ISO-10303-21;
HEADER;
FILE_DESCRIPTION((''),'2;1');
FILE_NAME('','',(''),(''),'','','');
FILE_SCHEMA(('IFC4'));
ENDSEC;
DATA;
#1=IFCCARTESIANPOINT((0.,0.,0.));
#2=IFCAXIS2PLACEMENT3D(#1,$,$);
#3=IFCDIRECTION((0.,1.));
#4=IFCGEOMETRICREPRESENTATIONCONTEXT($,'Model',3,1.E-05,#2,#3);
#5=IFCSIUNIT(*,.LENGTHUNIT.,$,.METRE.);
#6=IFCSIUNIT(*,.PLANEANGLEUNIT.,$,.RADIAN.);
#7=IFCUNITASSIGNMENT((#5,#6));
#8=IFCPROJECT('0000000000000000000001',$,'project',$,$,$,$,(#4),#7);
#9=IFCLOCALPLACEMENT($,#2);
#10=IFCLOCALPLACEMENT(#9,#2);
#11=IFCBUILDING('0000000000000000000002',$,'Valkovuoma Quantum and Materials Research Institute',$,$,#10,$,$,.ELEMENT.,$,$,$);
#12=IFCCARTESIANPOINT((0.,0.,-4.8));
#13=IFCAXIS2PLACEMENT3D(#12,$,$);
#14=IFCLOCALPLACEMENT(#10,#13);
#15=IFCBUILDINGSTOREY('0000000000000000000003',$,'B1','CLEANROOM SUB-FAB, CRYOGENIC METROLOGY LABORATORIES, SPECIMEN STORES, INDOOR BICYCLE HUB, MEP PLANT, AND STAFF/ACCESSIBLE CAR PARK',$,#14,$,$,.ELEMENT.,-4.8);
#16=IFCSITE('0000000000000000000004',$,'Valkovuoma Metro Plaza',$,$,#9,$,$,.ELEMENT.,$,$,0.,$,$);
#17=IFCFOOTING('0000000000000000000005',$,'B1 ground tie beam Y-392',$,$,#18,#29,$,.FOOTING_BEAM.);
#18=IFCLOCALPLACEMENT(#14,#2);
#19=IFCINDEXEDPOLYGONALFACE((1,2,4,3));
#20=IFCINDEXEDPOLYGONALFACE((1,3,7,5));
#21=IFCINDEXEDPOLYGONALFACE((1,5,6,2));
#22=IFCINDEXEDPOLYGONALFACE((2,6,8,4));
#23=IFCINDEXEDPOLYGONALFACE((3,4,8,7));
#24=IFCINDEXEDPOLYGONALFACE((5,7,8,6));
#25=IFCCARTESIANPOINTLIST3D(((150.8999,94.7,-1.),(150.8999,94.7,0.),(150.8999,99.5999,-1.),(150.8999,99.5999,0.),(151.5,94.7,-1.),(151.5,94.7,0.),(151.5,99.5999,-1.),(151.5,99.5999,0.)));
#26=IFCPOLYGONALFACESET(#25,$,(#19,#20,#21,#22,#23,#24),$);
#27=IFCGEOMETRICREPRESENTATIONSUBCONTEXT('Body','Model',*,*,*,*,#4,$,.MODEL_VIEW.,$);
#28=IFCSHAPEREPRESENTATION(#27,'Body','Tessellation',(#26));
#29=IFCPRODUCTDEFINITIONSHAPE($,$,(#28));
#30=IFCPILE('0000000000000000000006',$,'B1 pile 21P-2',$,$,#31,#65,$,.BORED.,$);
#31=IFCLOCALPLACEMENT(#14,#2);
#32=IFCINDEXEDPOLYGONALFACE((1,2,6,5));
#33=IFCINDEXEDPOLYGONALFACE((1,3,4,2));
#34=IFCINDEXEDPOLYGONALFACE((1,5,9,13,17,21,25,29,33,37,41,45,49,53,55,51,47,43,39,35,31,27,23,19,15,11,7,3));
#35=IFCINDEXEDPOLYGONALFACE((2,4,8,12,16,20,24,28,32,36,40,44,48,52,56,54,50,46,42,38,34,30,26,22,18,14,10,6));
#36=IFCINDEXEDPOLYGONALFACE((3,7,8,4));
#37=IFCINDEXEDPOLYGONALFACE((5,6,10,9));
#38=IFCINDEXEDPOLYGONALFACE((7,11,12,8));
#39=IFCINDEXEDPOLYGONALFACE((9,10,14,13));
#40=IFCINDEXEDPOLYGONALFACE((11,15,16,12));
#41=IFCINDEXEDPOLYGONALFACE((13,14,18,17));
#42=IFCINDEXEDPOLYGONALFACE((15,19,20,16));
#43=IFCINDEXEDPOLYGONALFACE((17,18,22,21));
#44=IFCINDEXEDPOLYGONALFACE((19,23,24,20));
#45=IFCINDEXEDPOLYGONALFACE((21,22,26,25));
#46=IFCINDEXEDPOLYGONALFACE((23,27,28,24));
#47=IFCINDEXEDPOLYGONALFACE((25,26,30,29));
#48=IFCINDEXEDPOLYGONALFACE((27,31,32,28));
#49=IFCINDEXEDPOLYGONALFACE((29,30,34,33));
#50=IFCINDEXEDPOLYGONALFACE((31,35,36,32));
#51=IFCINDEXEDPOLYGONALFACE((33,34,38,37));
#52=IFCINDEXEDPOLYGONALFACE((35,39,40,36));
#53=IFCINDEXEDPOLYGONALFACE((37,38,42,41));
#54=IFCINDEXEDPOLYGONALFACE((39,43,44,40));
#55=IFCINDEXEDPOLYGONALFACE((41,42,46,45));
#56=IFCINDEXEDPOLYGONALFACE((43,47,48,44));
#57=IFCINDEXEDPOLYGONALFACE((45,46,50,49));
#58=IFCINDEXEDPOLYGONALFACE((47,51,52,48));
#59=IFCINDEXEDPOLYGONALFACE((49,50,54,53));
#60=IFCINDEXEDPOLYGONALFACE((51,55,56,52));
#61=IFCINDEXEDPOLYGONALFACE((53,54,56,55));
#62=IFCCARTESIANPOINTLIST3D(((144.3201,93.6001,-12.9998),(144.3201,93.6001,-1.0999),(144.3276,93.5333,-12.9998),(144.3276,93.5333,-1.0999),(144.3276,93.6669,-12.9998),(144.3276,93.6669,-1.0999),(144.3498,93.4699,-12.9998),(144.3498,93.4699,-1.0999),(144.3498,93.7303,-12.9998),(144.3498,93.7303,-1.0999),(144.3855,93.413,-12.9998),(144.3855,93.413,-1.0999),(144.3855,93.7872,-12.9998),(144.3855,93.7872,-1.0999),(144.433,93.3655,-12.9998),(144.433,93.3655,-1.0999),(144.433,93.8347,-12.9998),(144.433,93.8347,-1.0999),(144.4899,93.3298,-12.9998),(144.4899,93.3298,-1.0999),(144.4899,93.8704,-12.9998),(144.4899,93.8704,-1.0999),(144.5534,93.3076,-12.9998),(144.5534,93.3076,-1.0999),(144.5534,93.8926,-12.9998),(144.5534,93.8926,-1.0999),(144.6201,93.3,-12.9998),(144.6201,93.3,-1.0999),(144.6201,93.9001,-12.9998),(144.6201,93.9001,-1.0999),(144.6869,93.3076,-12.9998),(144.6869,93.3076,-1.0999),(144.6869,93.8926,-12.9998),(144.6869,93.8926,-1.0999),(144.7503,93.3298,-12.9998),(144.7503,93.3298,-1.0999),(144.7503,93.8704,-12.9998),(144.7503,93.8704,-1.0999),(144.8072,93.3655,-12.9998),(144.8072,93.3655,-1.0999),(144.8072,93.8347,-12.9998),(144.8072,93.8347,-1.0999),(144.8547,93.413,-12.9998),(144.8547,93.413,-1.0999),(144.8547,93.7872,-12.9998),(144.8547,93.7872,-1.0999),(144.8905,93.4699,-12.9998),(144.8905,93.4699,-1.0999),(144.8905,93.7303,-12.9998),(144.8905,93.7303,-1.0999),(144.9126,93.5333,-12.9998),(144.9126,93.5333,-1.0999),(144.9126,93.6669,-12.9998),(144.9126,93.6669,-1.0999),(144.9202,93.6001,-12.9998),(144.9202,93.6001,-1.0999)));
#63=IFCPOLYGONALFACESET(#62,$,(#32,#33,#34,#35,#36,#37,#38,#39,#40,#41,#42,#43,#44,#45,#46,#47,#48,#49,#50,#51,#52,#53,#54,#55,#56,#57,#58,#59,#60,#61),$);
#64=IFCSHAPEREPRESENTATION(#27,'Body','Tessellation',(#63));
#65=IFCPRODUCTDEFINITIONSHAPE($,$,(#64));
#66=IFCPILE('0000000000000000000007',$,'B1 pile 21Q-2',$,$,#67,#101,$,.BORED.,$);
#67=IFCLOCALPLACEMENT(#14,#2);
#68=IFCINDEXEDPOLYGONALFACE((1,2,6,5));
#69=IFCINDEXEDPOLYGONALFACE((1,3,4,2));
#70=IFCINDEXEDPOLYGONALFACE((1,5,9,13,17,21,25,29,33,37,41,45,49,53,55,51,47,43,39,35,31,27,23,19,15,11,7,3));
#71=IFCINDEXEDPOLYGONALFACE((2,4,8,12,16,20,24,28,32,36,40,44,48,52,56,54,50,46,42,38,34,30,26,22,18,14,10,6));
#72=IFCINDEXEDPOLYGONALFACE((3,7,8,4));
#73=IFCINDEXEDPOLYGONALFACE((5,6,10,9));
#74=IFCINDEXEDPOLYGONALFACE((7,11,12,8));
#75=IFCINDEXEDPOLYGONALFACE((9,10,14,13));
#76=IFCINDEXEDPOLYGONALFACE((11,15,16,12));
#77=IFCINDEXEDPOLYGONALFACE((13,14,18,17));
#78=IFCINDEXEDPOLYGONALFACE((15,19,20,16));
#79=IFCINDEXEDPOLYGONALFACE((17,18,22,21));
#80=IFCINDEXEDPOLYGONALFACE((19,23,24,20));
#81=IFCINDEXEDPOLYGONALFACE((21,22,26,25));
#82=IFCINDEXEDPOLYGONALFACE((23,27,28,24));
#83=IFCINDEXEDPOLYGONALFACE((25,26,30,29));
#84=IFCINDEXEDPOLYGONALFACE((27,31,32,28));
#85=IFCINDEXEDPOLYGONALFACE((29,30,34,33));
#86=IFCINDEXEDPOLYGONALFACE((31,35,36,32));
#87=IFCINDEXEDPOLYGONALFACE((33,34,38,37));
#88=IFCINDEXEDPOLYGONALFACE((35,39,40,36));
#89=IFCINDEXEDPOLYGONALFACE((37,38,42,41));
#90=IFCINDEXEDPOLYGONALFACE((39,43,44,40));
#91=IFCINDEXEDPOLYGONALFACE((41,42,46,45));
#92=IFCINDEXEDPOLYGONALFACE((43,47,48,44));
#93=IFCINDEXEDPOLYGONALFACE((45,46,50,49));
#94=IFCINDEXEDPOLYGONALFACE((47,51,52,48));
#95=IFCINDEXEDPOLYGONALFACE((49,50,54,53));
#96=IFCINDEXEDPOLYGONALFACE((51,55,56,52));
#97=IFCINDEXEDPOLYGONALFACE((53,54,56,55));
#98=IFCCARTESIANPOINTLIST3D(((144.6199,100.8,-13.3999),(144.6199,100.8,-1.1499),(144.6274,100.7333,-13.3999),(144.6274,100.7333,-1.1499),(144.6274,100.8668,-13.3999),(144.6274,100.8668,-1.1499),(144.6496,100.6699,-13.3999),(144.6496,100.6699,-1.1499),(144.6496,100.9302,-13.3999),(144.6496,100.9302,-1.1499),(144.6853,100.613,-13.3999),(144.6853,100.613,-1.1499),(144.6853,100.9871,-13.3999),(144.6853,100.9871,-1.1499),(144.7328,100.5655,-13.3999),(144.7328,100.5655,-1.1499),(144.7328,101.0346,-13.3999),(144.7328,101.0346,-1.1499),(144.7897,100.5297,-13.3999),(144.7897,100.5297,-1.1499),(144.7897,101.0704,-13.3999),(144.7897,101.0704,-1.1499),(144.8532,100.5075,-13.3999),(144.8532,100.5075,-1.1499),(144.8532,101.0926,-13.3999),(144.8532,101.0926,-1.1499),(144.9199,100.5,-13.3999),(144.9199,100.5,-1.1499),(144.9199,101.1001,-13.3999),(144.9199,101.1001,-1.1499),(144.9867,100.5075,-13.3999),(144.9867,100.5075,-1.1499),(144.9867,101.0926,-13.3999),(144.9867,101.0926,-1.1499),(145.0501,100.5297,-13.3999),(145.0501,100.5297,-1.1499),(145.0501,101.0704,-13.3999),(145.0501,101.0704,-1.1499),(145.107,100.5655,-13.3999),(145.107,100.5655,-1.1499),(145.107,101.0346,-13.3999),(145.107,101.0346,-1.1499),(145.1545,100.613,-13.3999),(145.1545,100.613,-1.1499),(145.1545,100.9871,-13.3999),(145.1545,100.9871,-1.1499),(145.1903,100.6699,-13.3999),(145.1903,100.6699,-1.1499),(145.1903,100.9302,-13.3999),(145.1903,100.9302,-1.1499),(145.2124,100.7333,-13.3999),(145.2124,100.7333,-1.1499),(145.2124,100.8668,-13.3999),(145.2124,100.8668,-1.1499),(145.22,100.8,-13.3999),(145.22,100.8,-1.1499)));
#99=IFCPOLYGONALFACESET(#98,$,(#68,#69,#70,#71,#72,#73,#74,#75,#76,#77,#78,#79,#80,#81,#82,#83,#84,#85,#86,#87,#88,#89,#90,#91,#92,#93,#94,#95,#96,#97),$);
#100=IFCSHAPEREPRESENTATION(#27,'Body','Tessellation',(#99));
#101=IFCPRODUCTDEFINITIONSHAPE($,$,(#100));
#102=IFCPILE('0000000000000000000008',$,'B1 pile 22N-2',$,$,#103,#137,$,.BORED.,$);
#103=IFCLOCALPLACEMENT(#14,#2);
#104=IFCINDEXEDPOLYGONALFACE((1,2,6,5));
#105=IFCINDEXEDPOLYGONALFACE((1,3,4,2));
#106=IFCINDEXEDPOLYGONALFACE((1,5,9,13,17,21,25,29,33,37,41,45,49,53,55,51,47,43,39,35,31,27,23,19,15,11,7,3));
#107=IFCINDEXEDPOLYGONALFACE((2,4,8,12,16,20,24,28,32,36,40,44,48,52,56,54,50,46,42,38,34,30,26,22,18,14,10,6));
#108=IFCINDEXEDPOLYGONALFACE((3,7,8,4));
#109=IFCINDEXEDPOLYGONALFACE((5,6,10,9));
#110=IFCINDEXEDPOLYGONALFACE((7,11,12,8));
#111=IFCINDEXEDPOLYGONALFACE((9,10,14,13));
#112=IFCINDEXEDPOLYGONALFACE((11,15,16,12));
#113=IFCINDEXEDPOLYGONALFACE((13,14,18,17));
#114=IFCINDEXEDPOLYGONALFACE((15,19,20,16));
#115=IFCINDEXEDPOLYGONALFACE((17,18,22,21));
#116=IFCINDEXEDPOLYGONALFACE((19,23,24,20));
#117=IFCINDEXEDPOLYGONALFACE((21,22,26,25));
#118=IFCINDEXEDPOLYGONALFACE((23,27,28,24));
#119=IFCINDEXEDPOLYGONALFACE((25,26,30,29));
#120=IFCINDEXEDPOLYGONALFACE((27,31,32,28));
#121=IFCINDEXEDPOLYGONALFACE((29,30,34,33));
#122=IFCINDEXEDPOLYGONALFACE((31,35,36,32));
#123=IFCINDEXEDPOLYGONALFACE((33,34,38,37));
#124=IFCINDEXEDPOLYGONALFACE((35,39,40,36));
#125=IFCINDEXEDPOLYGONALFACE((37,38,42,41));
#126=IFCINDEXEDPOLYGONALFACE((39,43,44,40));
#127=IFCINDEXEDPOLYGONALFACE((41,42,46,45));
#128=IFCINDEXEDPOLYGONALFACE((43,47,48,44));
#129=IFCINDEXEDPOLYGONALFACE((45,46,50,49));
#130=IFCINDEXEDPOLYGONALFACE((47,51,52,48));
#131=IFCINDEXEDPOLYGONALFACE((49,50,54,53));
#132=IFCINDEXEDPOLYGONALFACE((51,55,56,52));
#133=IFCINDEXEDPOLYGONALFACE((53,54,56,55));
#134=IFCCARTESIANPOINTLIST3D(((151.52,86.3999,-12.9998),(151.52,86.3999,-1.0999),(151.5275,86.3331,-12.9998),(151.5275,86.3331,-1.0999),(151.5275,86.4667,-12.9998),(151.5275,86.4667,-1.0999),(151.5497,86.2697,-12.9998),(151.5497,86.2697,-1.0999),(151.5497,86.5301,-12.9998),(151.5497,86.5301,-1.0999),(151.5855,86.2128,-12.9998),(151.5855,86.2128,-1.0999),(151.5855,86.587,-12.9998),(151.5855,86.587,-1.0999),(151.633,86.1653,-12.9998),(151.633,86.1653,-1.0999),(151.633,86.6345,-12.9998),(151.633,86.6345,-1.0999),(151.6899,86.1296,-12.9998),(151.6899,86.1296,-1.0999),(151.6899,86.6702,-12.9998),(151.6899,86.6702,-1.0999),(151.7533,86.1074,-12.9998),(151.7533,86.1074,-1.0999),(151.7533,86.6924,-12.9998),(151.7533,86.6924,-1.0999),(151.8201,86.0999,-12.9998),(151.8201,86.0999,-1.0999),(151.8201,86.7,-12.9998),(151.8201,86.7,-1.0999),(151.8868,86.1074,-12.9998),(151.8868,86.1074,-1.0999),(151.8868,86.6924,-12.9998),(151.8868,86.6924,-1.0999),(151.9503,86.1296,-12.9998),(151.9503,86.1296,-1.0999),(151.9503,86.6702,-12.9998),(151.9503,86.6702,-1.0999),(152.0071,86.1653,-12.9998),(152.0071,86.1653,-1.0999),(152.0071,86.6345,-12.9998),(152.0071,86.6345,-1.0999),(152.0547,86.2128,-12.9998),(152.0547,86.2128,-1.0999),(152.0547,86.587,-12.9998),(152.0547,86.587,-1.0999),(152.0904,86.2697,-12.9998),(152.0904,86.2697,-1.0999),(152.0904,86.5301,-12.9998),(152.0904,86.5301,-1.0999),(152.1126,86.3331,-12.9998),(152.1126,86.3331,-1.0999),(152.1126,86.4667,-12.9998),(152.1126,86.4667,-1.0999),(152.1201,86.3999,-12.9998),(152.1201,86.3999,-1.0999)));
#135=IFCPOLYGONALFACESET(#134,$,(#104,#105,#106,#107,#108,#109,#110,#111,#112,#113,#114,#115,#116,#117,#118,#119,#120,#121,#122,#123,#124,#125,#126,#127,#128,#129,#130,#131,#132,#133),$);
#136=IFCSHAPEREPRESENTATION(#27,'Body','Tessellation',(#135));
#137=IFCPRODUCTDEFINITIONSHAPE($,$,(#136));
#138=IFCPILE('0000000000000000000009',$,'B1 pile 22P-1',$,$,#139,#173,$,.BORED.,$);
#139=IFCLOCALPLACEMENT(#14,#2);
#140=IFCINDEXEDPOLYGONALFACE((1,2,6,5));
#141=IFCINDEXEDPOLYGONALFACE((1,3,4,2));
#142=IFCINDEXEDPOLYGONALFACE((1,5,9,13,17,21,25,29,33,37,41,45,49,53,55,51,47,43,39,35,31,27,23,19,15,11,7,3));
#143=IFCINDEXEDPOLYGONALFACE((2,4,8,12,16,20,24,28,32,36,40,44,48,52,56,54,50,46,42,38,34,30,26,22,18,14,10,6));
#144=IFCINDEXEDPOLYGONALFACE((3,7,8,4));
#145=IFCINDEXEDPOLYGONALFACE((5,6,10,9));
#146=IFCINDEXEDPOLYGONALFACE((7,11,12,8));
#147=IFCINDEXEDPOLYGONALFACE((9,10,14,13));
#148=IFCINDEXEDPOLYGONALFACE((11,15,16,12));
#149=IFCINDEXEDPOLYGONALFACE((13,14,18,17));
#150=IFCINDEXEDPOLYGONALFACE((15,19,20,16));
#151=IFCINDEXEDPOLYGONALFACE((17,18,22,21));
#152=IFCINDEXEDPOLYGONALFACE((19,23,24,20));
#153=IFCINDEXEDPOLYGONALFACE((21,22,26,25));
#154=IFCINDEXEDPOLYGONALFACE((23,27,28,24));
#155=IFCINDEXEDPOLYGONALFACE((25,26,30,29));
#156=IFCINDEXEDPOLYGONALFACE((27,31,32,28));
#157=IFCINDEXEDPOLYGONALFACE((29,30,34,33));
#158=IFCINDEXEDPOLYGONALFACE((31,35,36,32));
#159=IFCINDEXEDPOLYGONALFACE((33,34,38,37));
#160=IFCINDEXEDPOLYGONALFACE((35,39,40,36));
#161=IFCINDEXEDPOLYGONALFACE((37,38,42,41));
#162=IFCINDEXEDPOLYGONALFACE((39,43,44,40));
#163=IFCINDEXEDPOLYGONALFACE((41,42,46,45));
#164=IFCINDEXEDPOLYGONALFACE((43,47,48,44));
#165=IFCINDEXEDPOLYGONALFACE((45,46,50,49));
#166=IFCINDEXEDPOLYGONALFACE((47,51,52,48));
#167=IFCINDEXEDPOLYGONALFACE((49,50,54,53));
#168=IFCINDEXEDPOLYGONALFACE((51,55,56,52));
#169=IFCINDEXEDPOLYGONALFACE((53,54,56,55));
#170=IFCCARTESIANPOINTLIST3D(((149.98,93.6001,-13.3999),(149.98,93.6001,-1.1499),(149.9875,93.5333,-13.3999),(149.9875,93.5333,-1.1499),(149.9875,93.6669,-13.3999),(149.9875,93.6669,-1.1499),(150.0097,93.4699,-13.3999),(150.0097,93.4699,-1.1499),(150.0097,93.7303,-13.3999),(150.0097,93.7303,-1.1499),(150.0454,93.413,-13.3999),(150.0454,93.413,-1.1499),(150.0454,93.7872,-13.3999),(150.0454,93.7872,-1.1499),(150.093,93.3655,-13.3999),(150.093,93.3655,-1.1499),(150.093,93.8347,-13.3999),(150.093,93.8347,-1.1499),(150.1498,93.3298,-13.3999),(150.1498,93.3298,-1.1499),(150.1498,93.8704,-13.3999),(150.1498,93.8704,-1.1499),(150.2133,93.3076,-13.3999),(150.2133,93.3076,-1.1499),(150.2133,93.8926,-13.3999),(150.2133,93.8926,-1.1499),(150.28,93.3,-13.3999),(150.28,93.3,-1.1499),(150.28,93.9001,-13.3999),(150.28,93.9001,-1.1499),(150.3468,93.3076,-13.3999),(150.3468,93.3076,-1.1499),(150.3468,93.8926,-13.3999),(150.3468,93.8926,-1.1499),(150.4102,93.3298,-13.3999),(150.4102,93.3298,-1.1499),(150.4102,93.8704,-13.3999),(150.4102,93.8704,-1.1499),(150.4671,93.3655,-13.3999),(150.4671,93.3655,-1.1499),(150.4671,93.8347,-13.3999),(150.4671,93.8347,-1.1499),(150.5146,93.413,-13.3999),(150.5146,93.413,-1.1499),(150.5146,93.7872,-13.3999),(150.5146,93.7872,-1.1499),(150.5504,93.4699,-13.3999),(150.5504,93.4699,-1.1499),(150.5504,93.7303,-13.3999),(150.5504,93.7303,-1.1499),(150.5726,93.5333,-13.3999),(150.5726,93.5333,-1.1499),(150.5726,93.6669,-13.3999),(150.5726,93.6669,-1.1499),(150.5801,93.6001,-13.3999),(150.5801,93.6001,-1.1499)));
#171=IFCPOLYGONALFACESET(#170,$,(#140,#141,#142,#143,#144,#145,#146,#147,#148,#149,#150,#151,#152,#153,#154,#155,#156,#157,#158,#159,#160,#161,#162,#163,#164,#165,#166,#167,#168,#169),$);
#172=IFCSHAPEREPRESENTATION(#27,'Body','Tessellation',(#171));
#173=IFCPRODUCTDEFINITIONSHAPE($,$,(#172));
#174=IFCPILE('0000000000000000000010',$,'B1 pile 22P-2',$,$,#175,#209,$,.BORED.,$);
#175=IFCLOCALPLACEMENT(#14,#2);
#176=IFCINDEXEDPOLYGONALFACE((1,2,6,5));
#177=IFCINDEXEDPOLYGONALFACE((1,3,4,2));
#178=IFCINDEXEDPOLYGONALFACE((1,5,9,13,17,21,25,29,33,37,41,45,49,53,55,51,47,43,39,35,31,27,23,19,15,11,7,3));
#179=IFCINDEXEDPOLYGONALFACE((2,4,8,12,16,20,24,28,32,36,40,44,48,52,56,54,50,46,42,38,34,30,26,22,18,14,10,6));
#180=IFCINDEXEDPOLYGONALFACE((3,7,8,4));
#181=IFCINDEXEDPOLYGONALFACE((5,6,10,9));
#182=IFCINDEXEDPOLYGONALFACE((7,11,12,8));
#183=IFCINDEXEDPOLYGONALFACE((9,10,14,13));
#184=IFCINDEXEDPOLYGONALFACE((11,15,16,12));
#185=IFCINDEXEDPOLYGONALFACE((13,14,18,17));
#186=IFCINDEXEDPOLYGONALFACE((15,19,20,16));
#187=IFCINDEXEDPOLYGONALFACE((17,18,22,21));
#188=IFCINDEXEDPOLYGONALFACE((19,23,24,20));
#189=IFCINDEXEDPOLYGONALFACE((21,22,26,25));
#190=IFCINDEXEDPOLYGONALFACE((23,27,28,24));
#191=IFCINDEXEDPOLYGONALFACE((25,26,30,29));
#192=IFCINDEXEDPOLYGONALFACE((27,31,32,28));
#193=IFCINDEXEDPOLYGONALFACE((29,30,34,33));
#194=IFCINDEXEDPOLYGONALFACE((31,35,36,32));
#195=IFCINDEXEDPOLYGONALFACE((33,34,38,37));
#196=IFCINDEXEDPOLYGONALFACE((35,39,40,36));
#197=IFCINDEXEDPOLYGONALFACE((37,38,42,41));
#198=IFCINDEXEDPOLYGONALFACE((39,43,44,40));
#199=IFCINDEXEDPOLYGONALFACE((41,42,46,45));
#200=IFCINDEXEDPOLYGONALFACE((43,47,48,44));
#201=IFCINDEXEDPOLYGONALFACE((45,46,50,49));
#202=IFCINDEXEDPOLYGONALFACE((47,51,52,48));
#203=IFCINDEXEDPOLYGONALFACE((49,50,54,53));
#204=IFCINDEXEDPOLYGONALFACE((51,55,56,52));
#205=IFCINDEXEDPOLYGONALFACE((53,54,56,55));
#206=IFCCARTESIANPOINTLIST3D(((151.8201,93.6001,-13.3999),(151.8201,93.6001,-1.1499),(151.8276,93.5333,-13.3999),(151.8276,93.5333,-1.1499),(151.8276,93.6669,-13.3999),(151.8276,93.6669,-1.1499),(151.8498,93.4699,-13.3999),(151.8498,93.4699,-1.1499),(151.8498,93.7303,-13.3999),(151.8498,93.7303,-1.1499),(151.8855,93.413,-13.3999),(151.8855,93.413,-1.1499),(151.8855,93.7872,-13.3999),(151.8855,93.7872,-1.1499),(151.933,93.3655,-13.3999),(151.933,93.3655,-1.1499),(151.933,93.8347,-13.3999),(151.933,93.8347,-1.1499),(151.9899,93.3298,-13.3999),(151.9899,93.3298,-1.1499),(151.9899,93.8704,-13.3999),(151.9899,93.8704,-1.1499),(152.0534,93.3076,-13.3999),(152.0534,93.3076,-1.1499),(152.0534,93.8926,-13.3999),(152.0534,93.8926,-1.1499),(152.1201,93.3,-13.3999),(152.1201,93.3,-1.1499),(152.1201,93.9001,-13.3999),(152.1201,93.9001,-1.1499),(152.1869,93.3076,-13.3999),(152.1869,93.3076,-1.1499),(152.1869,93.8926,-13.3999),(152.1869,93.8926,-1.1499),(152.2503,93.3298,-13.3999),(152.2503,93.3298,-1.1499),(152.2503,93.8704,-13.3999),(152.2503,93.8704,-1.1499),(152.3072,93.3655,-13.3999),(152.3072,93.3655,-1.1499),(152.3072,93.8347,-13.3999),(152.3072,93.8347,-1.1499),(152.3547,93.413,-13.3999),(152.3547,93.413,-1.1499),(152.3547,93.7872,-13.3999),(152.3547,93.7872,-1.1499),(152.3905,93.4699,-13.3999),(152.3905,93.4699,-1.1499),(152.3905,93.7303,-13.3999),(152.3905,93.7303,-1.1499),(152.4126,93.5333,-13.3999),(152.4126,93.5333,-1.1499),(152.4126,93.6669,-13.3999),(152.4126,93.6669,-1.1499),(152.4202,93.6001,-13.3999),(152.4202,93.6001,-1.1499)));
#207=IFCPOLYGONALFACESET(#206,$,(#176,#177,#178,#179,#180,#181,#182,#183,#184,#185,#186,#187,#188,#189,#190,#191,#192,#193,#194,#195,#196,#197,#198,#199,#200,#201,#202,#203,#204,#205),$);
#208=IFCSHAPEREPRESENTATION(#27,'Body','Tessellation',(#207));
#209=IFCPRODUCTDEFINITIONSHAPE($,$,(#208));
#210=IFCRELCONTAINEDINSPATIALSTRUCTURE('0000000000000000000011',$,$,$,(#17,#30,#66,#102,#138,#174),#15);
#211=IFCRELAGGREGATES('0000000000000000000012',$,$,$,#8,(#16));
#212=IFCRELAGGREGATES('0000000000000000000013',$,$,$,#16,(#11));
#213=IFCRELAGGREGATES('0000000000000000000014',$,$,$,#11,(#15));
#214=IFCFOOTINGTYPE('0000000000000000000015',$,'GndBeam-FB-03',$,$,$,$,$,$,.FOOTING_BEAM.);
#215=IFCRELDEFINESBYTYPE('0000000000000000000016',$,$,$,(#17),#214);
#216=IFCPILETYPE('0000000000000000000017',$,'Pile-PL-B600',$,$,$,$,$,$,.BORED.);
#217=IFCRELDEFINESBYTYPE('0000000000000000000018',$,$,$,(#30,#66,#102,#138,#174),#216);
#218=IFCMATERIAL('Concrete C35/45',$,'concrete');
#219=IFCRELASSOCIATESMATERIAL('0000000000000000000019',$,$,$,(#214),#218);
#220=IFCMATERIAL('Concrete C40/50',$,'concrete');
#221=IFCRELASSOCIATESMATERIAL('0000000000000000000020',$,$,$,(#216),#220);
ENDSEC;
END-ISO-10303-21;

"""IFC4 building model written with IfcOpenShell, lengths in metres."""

from ifc_helpers import new_model, si_unit, direction, frame, origin, origin_2d, place, context, subcontext, project, spatial, rectangle, circle, extrude, material, material_profile, profile_set, type_object, element, save


model = new_model("IFC4")

# Units and contexts
model_context = context("Model", 3, precision=1e-05, world=origin(), true_north=direction((0.0, 1.0)))
body_context = subcontext(model_context, "Body", "Model", "MODEL_VIEW")
ifc_project = project(units=[si_unit("LENGTHUNIT", "METRE"), si_unit("PLANEANGLEUNIT", "RADIAN")], contexts=[model_context])

# Site, building, storey
site_placement = place(None, origin())
site = spatial("IfcSite", under=ifc_project, at=site_placement, Name="Valkovuoma Metro Plaza", CompositionType="ELEMENT", RefElevation=0.0)
building_placement = place(site_placement, origin())
building = spatial("IfcBuilding", under=site, at=building_placement, Name="Valkovuoma Quantum and Materials Research Institute", CompositionType="ELEMENT")
storey_placement = place(building_placement, frame((0.0, 0.0, -4.8)))
storey = spatial("IfcBuildingStorey", under=building, at=storey_placement, Name="B1", Description="CLEANROOM SUB-FAB, CRYOGENIC METROLOGY LABORATORIES, SPECIMEN STORES, INDOOR BICYCLE HUB, MEP PLANT, AND STAFF/ACCESSIBLE CAR PARK", CompositionType="ELEMENT", Elevation=-4.8)

# Footing
ifc_material_1 = material(Name="Concrete C35/45", Category="concrete")
footing_type_1 = type_object("IfcFootingType", Name="GndBeam-FB-03", PredefinedType="FOOTING_BEAM", material=ifc_material_1)
footing_1_placement = place(storey_placement, frame((151.2, 97.1499, -1.0), z_axis=(0.0, 0.0, 1.0), x_axis=(0.0, 1.0, 0.0)))
element("IfcFooting", 1, at=footing_1_placement, inside=storey, type_object=footing_type_1, Name="B1 ground tie beam Y-392", PredefinedType="FOOTING_BEAM", context=body_context, shape_type="SweptSolid", body=[
    extrude(rectangle(XDim=4.8999, YDim=0.6001, at=origin_2d()), origin(), (0.0, 0.0, 1.0), 1.0),
])

# Piles
ifc_material_2 = material(Name="Concrete C40/50", Category="concrete")
ifc_material_profile_1 = material_profile(ifc_material_2, circle(Radius=0.3, at=origin_2d()), Name="Concrete C40/50")
ifc_profile_set_1 = profile_set([ifc_material_profile_1], Name="Concrete C40/50")
pile_type_1 = type_object("IfcPileType", Name="Pile-PL-B600", PredefinedType="BORED", material=ifc_profile_set_1)
pile_1_placement = place(storey_placement, frame((144.6201, 93.6001, -1.0999), z_axis=(0.0, 0.0, -1.0), x_axis=(1.0, 0.0, 0.0)))
element("IfcPile", 2, at=pile_1_placement, inside=storey, type_object=pile_type_1, Name="B1 pile 21P-2", PredefinedType="BORED", context=body_context, shape_type="SweptSolid", body=[
    extrude(circle(Radius=0.3, at=origin_2d()), origin(), (0.0, 0.0, 1.0), 11.8999),
])
pile_2_placement = place(storey_placement, frame((144.9199, 100.8, -1.1499), z_axis=(0.0, 0.0, -1.0), x_axis=(1.0, 0.0, 0.0)))
element("IfcPile", 3, at=pile_2_placement, inside=storey, type_object=pile_type_1, Name="B1 pile 21Q-2", PredefinedType="BORED", context=body_context, shape_type="SweptSolid", body=[
    extrude(circle(Radius=0.3, at=origin_2d()), origin(), (0.0, 0.0, 1.0), 12.25),
])
pile_3_placement = place(storey_placement, frame((151.8201, 86.3999, -1.0999), z_axis=(0.0, 0.0, -1.0), x_axis=(1.0, 0.0, 0.0)))
element("IfcPile", 4, at=pile_3_placement, inside=storey, type_object=pile_type_1, Name="B1 pile 22N-2", PredefinedType="BORED", context=body_context, shape_type="SweptSolid", body=[
    extrude(circle(Radius=0.3, at=origin_2d()), origin(), (0.0, 0.0, 1.0), 11.8999),
])
for number, where, z_axis, x_axis, name in (
    (5, (150.28, 93.6001, -1.1499), (0.0, 0.0, -1.0), (1.0, 0.0, 0.0), "B1 pile 22P-1"),
    (6, (152.1201, 93.6001, -1.1499), (0.0, 0.0, -1.0), (1.0, 0.0, 0.0), "B1 pile 22P-2"),
):
    element("IfcPile", number, at=place(storey_placement, frame(where, z_axis=z_axis, x_axis=x_axis)), inside=storey, type_object=pile_type_1, Name=name, PredefinedType="BORED", context=body_context, shape_type="SweptSolid", body=[
        extrude(circle(Radius=0.3, at=origin_2d()), origin(), (0.0, 0.0, 1.0), 12.25),
    ])

save(model, "model.ifc")
